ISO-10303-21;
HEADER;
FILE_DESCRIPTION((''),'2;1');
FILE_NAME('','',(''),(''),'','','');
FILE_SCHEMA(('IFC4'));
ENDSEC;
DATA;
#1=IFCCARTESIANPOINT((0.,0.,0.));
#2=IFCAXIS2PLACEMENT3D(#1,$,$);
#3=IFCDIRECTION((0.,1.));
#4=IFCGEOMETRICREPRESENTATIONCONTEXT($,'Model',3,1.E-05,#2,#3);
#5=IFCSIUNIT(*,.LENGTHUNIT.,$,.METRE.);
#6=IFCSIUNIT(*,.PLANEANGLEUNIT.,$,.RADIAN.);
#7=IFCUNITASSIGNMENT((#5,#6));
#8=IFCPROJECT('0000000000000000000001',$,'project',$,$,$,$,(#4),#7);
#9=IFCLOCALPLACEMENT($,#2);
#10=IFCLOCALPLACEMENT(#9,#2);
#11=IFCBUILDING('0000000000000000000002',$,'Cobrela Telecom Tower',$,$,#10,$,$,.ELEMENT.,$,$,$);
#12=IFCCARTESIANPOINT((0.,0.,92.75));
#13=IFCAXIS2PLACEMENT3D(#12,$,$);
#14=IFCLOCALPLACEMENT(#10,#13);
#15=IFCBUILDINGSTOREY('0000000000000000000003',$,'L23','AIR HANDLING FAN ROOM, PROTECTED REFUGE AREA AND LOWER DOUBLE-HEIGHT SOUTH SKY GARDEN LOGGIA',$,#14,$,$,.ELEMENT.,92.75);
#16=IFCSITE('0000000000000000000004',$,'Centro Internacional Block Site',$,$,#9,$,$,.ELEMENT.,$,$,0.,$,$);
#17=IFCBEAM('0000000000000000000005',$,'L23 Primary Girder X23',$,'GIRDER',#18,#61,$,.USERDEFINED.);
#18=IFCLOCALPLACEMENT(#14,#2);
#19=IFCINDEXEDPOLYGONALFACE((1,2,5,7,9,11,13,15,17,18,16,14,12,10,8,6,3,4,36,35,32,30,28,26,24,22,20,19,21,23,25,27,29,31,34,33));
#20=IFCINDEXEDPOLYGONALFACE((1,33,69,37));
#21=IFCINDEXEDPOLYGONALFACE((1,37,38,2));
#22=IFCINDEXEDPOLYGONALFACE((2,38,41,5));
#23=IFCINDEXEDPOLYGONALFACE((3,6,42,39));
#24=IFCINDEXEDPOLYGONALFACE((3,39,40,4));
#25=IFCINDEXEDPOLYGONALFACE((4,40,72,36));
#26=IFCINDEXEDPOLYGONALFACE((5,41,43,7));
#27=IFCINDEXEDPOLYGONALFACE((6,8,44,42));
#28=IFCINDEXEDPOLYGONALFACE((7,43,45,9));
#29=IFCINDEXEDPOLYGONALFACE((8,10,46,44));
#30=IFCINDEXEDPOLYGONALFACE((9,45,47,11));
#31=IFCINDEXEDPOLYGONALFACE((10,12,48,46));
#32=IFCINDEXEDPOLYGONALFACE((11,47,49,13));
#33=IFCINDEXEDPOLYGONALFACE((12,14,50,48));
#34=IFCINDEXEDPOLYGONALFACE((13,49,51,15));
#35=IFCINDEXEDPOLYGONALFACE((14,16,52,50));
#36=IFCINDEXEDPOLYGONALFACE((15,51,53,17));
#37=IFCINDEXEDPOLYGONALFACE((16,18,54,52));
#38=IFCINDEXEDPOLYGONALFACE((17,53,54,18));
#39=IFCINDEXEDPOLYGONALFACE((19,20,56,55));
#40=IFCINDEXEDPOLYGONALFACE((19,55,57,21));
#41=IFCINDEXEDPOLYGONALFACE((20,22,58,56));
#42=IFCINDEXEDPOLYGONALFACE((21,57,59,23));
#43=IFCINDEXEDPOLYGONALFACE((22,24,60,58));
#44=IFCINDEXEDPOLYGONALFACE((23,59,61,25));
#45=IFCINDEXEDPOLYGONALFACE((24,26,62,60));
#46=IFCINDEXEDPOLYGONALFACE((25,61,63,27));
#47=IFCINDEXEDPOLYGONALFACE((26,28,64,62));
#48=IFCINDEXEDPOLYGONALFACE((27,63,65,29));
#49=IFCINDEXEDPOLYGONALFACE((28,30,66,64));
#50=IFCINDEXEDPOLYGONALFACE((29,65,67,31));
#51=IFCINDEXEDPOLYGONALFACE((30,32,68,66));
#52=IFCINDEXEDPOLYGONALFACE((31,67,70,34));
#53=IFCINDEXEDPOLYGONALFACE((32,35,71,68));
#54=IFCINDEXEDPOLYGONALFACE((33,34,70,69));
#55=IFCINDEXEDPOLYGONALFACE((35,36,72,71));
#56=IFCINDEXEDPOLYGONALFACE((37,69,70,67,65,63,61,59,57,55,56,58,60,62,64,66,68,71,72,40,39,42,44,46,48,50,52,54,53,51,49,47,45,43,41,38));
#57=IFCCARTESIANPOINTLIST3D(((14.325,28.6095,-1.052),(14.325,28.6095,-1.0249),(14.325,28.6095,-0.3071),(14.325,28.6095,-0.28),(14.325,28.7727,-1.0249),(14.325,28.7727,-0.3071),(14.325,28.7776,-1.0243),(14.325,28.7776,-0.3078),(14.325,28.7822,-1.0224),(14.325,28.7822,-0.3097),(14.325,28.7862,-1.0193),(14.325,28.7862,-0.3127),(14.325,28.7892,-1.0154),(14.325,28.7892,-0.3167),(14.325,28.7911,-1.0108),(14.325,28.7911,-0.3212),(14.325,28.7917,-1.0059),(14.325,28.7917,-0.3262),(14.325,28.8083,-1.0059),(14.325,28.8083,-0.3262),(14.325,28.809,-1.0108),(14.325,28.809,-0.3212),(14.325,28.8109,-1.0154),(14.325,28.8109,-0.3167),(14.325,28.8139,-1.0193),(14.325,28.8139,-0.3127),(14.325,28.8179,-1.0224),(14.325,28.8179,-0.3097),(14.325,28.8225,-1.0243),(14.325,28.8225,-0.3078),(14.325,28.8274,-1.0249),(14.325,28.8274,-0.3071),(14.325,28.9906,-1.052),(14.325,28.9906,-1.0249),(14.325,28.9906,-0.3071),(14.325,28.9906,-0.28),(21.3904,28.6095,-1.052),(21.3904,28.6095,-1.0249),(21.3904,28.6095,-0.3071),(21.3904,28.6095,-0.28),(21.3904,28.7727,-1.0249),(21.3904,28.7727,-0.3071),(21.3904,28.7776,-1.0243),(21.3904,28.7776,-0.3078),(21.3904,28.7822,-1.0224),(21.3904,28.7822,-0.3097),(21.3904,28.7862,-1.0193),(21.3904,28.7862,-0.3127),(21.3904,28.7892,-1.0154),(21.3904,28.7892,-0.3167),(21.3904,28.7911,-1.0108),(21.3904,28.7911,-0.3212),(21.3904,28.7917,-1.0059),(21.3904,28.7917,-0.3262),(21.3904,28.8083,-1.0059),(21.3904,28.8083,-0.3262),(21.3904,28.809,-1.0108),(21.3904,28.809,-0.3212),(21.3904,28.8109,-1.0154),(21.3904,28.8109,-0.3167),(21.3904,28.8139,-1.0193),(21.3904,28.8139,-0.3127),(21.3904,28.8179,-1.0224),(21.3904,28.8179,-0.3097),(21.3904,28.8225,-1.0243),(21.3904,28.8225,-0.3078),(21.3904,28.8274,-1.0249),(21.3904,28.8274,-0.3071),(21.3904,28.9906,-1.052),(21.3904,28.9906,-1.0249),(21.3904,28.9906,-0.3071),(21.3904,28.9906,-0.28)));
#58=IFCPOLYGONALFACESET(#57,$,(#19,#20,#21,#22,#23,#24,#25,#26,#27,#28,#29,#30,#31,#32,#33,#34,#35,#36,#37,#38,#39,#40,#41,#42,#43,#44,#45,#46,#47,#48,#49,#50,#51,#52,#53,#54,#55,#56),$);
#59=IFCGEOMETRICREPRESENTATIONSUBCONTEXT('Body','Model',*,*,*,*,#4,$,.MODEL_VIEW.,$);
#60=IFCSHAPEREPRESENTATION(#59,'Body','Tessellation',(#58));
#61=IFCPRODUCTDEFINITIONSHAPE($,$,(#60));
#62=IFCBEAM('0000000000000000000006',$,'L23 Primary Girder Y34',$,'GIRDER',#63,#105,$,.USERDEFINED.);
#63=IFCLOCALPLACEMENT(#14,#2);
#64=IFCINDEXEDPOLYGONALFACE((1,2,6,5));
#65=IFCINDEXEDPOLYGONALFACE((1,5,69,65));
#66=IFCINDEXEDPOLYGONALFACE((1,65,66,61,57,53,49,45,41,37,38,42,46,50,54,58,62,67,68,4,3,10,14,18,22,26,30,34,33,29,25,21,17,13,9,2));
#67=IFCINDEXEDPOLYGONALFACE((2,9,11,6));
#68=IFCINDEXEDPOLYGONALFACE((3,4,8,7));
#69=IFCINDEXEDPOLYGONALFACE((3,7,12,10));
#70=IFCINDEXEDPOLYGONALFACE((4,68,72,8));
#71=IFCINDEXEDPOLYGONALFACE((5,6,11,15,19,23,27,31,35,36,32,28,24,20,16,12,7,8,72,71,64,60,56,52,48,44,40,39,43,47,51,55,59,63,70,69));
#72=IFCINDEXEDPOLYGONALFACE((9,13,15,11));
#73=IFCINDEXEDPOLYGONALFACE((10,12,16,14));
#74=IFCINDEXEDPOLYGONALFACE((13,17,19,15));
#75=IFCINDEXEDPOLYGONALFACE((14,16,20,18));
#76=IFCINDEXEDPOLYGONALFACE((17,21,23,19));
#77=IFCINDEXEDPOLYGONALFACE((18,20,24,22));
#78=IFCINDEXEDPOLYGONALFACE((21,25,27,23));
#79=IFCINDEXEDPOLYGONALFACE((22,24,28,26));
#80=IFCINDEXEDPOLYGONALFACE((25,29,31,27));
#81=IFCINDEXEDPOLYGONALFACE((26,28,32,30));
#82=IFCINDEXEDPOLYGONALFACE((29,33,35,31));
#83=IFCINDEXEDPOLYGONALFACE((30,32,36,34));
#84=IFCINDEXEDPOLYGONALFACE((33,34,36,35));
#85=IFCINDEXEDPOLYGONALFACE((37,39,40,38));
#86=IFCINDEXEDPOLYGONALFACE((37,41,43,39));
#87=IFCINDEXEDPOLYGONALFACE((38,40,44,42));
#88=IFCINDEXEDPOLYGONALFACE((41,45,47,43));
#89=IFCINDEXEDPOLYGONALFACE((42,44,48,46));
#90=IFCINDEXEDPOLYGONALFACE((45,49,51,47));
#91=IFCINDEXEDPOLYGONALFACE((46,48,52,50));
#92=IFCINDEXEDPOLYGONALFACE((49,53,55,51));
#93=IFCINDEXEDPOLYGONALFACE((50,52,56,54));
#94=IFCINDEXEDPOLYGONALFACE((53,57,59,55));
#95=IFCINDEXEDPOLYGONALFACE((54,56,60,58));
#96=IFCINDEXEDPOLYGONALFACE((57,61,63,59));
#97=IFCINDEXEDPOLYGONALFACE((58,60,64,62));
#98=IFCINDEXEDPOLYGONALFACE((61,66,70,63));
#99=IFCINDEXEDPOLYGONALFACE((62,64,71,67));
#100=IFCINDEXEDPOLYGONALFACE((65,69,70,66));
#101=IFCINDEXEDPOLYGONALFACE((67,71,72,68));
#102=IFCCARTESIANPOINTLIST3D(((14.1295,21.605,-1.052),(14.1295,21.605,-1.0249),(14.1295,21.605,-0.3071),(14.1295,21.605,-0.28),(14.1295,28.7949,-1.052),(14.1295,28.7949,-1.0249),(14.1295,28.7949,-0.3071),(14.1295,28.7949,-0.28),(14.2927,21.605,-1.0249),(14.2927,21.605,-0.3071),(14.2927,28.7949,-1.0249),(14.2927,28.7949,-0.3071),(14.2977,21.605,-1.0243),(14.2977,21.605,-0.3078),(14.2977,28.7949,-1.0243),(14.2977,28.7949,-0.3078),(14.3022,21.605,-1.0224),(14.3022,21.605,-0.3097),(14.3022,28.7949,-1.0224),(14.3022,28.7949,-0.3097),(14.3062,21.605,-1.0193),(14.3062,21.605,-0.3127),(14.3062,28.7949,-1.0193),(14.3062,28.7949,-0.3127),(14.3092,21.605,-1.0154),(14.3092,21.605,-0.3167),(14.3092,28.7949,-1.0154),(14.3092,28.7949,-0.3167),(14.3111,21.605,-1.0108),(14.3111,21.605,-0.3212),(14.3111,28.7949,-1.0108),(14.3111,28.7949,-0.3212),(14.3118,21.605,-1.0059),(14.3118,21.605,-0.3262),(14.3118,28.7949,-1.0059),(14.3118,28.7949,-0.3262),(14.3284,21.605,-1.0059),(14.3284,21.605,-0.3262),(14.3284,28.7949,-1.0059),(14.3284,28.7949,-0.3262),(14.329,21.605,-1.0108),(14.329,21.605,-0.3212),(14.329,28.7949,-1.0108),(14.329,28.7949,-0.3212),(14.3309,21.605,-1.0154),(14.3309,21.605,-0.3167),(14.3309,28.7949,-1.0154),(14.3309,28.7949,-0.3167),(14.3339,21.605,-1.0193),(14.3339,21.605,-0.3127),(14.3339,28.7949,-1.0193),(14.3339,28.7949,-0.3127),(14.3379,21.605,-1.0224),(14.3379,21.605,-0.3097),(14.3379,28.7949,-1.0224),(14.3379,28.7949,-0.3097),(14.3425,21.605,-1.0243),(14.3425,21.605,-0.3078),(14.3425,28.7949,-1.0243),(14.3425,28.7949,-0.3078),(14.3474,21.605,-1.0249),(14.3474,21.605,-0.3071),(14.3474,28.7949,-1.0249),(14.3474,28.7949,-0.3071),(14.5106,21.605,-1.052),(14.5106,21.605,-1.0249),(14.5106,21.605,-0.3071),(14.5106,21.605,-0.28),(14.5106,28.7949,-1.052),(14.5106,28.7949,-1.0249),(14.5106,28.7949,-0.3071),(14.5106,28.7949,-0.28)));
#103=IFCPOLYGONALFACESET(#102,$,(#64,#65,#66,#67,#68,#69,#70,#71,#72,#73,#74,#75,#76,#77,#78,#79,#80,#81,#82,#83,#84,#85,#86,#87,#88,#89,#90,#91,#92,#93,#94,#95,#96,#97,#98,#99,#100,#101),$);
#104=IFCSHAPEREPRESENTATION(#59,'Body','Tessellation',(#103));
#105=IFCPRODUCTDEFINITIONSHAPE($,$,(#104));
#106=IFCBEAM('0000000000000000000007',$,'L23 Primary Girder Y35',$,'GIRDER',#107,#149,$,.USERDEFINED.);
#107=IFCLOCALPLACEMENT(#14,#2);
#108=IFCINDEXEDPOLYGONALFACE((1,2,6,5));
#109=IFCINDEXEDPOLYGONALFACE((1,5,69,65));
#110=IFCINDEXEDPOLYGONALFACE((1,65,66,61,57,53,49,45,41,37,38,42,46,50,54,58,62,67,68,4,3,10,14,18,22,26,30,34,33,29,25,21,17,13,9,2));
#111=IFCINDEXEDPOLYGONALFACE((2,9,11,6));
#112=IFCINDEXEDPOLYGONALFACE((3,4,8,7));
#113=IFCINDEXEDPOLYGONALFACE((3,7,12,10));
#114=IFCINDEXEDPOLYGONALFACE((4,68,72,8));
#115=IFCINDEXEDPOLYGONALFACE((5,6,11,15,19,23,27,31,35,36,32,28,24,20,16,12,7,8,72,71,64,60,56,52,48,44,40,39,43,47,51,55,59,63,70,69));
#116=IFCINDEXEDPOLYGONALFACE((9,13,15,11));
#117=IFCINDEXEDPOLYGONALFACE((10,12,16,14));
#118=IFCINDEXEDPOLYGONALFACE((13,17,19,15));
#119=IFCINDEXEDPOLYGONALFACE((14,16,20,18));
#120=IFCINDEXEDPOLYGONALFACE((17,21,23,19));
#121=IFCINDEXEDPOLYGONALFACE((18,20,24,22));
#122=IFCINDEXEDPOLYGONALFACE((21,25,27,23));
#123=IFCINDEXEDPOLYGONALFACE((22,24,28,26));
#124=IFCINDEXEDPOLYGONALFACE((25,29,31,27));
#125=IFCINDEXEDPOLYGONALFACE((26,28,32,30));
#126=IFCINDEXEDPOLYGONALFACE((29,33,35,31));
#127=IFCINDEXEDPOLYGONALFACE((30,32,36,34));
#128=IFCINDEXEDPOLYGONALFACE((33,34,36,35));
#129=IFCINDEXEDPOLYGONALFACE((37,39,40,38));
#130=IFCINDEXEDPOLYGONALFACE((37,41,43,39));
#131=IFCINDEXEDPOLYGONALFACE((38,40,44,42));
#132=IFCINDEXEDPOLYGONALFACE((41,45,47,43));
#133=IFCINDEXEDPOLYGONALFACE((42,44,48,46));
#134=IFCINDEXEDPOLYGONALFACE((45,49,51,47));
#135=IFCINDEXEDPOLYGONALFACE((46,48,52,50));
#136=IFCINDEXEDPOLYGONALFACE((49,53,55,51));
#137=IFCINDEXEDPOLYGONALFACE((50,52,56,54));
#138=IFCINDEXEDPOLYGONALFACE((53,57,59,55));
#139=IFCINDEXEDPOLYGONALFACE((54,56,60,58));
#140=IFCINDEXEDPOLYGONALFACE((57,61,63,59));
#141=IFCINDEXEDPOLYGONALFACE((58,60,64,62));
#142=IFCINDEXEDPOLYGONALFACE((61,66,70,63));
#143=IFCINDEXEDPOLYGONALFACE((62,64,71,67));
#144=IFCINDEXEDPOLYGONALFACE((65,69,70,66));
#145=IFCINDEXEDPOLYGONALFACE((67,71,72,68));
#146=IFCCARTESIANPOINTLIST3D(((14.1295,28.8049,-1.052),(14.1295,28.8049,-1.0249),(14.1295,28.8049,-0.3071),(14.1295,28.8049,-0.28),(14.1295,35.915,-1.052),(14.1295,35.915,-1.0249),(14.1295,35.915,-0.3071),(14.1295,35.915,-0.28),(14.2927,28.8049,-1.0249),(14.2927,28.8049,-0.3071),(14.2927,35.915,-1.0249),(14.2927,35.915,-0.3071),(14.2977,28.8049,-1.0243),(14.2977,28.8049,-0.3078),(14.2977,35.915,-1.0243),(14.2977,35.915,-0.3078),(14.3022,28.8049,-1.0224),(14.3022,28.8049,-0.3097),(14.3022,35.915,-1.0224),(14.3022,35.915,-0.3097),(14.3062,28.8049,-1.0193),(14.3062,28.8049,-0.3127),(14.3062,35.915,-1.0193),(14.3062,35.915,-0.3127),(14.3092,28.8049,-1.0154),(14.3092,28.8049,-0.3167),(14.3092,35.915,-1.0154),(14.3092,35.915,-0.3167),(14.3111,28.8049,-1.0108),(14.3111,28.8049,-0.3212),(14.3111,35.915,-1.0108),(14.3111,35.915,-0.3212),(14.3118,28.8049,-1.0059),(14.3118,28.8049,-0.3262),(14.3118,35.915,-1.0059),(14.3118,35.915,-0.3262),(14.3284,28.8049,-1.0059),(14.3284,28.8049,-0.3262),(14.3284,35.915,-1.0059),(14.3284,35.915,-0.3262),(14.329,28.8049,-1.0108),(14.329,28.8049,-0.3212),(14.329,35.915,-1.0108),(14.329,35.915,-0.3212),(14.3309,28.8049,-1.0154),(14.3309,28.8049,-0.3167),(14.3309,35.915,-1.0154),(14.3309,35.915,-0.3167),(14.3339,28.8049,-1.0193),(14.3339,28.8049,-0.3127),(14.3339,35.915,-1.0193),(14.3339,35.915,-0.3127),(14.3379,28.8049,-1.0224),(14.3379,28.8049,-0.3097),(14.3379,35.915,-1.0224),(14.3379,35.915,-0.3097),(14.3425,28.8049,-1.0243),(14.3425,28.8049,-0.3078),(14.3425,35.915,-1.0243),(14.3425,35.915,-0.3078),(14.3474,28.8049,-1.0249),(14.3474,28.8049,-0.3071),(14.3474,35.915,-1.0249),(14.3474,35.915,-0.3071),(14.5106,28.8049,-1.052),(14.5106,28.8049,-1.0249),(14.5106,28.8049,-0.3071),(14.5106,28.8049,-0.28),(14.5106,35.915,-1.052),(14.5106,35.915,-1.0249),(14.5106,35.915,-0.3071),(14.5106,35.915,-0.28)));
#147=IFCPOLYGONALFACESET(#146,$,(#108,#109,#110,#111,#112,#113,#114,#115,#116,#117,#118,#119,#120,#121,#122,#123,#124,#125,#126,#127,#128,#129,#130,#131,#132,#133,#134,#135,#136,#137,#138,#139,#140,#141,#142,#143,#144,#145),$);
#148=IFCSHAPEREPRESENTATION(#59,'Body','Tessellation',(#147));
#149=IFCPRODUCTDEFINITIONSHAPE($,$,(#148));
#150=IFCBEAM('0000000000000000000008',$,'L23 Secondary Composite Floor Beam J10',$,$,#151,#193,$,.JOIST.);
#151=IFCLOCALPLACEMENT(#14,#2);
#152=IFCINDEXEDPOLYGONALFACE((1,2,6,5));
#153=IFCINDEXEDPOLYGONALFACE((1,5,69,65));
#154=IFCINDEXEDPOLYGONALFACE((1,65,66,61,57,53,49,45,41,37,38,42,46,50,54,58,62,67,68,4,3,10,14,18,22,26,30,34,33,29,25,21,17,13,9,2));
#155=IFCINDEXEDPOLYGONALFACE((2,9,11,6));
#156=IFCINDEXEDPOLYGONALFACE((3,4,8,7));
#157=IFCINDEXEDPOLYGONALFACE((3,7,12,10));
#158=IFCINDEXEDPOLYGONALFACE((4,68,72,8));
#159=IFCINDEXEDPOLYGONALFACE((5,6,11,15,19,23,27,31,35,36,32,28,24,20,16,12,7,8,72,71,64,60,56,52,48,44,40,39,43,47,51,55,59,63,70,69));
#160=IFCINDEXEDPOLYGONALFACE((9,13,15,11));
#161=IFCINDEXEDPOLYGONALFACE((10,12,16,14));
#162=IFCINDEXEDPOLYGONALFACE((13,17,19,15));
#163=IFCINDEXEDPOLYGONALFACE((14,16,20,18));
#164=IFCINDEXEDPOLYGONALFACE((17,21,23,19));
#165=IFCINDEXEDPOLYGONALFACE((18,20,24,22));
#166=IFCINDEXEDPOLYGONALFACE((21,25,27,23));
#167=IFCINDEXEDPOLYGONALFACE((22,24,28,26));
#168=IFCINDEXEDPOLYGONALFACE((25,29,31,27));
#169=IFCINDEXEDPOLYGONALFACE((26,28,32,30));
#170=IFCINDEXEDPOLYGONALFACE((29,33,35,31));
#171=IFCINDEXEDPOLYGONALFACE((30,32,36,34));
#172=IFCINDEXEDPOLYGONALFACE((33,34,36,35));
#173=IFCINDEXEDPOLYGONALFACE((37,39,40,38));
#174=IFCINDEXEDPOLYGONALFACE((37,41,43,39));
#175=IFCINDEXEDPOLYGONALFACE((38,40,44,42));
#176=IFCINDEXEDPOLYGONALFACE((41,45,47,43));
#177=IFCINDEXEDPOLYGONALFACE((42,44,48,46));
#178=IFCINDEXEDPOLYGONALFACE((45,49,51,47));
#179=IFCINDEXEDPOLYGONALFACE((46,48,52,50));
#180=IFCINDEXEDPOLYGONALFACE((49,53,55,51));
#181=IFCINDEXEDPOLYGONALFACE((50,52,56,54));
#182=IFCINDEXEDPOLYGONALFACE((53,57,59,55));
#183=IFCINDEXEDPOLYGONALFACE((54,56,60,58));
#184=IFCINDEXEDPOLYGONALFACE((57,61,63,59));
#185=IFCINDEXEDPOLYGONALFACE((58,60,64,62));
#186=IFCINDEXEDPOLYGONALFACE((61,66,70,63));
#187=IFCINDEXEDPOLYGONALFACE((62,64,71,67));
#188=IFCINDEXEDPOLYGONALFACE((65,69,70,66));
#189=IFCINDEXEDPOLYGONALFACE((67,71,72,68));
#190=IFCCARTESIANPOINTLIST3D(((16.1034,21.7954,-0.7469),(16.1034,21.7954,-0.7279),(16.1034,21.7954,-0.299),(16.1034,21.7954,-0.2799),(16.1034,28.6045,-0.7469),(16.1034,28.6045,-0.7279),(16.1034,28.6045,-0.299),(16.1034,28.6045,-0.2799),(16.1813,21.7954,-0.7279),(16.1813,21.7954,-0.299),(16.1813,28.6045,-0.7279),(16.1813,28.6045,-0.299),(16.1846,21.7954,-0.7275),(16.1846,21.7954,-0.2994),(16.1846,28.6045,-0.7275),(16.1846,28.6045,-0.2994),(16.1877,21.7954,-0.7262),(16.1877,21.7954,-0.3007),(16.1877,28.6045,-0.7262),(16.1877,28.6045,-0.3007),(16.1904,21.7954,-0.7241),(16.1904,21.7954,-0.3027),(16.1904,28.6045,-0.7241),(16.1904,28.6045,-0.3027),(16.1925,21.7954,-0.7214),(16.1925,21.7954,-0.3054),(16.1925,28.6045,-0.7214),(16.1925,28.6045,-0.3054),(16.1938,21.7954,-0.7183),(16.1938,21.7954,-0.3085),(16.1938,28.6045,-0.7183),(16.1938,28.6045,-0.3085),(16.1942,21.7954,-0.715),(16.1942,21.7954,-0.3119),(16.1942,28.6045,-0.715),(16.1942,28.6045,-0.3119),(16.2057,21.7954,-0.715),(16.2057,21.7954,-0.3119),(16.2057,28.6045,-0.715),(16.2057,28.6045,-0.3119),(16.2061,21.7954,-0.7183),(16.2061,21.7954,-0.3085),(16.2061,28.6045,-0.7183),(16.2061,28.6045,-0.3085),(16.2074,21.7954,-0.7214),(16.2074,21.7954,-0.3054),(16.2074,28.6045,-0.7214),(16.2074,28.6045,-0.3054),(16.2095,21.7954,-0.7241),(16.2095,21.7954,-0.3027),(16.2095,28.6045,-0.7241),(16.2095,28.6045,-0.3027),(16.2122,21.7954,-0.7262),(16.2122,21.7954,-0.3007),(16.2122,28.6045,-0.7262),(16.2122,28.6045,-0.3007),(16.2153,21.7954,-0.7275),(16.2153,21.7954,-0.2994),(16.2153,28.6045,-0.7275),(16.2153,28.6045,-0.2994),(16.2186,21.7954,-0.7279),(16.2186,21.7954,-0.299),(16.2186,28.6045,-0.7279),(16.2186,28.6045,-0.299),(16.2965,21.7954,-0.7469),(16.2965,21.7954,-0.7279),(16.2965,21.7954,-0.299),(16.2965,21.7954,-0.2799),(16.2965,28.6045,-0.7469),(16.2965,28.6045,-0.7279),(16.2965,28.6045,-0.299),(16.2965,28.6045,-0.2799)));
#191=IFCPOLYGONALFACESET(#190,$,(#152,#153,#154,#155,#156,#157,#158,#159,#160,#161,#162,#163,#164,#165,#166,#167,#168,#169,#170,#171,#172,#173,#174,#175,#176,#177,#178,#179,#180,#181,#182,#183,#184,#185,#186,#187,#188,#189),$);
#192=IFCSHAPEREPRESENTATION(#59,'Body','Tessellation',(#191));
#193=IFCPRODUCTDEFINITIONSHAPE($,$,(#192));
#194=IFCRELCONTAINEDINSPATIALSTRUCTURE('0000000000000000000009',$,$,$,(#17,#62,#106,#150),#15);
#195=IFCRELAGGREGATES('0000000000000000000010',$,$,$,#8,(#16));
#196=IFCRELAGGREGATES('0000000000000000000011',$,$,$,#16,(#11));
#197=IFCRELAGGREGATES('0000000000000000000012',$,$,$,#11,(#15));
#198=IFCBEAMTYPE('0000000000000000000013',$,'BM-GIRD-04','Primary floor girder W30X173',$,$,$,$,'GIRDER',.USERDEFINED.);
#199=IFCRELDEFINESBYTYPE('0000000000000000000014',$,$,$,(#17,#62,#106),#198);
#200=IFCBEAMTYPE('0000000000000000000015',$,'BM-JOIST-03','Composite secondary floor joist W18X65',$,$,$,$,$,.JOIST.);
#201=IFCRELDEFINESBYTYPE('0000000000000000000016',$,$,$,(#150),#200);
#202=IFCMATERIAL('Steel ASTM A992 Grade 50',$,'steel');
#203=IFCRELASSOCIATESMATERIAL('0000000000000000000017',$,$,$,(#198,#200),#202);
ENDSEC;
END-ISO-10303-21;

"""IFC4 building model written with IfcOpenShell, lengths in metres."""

from ifc_helpers import new_model, si_unit, direction, frame, origin, origin_2d, place, context, subcontext, project, spatial, i_section, extrude, material, material_profile, profile_set, type_object, element, save


model = new_model("IFC4")

# Units and contexts
model_context = context("Model", 3, precision=1e-05, world=origin(), true_north=direction((0.0, 1.0)))
body_context = subcontext(model_context, "Body", "Model", "MODEL_VIEW")
ifc_project = project(units=[si_unit("LENGTHUNIT", "METRE"), si_unit("PLANEANGLEUNIT", "RADIAN")], contexts=[model_context])

# Site, building, storey
site_placement = place(None, origin())
site = spatial("IfcSite", under=ifc_project, at=site_placement, Name="Centro Internacional Block Site", CompositionType="ELEMENT", RefElevation=0.0)
building_placement = place(site_placement, origin())
building = spatial("IfcBuilding", under=site, at=building_placement, Name="Cobrela Telecom Tower", CompositionType="ELEMENT")
storey_placement = place(building_placement, frame((0.0, 0.0, 92.75)))
storey = spatial("IfcBuildingStorey", under=building, at=storey_placement, Name="L23", Description="AIR HANDLING FAN ROOM, PROTECTED REFUGE AREA AND LOWER DOUBLE-HEIGHT SOUTH SKY GARDEN LOGGIA", CompositionType="ELEMENT", Elevation=92.75)

# Shared definitions
ifc_material_1 = material(Name="Steel ASTM A992 Grade 50", Category="steel")

# Beams
ifc_material_profile_1 = material_profile(ifc_material_1, i_section(OverallWidth=0.3811, OverallDepth=0.772, WebThickness=0.0166, FlangeThickness=0.0271, FilletRadius=0.019, at=origin_2d()), Name="W30X173")
ifc_profile_set_1 = profile_set([ifc_material_profile_1], Name="Steel ASTM A992 Grade 50")
beam_type_1 = type_object("IfcBeamType", Name="BM-GIRD-04", Description="Primary floor girder W30X173", ElementType="GIRDER", PredefinedType="USERDEFINED", material=ifc_profile_set_1)
for number, where, z_axis, x_axis, name in (
    (1, (14.325, 28.8, -0.666), (1.0, 0.0, 0.0), (0.0, 1.0, 0.0), "L23 Primary Girder X23"),
):
    element("IfcBeam", number, at=place(storey_placement, frame(where, z_axis=z_axis, x_axis=x_axis)), inside=storey, type_object=beam_type_1, Name=name, ObjectType="GIRDER", PredefinedType="USERDEFINED", context=body_context, shape_type="SweptSolid", body=[
        extrude(i_section(OverallWidth=0.3811, OverallDepth=0.772, WebThickness=0.0166, FlangeThickness=0.0271, FilletRadius=0.019, at=origin_2d()), origin(), (0.0, 0.0, 1.0), 7.0654),
    ])
beam_1_placement = place(storey_placement, frame((14.3201, 21.605, -0.666), z_axis=(0.0, 1.0, 0.0), x_axis=(-1.0, 0.0, 0.0)))
element("IfcBeam", 2, at=beam_1_placement, inside=storey, type_object=beam_type_1, Name="L23 Primary Girder Y34", ObjectType="GIRDER", PredefinedType="USERDEFINED", context=body_context, shape_type="SweptSolid", body=[
    extrude(i_section(OverallWidth=0.3811, OverallDepth=0.772, WebThickness=0.0166, FlangeThickness=0.0271, FilletRadius=0.019, at=origin_2d()), origin(), (0.0, 0.0, 1.0), 7.1899),
])
beam_2_placement = place(storey_placement, frame((14.3201, 28.8049, -0.666), z_axis=(0.0, 1.0, 0.0), x_axis=(-1.0, 0.0, 0.0)))
element("IfcBeam", 3, at=beam_2_placement, inside=storey, type_object=beam_type_1, Name="L23 Primary Girder Y35", ObjectType="GIRDER", PredefinedType="USERDEFINED", context=body_context, shape_type="SweptSolid", body=[
    extrude(i_section(OverallWidth=0.3811, OverallDepth=0.772, WebThickness=0.0166, FlangeThickness=0.0271, FilletRadius=0.019, at=origin_2d()), origin(), (0.0, 0.0, 1.0), 7.1101),
])
ifc_material_profile_2 = material_profile(ifc_material_1, i_section(OverallWidth=0.1931, OverallDepth=0.467, WebThickness=0.0115, FlangeThickness=0.019, FilletRadius=0.0129, at=origin_2d()), Name="W18X65")
ifc_profile_set_2 = profile_set([ifc_material_profile_2], Name="Steel ASTM A992 Grade 50")
beam_type_2 = type_object("IfcBeamType", Name="BM-JOIST-03", Description="Composite secondary floor joist W18X65", PredefinedType="JOIST", material=ifc_profile_set_2)
beam_3_placement = place(storey_placement, frame((16.2, 21.7954, -0.5134), z_axis=(0.0, 1.0, 0.0), x_axis=(-1.0, 0.0, 0.0)))
element("IfcBeam", 4, at=beam_3_placement, inside=storey, type_object=beam_type_2, Name="L23 Secondary Composite Floor Beam J10", PredefinedType="JOIST", context=body_context, shape_type="SweptSolid", body=[
    extrude(i_section(OverallWidth=0.1931, OverallDepth=0.467, WebThickness=0.0115, FlangeThickness=0.019, FilletRadius=0.0129, at=origin_2d()), origin(), (0.0, 0.0, 1.0), 6.8091),
])

save(model, "model.ifc")
